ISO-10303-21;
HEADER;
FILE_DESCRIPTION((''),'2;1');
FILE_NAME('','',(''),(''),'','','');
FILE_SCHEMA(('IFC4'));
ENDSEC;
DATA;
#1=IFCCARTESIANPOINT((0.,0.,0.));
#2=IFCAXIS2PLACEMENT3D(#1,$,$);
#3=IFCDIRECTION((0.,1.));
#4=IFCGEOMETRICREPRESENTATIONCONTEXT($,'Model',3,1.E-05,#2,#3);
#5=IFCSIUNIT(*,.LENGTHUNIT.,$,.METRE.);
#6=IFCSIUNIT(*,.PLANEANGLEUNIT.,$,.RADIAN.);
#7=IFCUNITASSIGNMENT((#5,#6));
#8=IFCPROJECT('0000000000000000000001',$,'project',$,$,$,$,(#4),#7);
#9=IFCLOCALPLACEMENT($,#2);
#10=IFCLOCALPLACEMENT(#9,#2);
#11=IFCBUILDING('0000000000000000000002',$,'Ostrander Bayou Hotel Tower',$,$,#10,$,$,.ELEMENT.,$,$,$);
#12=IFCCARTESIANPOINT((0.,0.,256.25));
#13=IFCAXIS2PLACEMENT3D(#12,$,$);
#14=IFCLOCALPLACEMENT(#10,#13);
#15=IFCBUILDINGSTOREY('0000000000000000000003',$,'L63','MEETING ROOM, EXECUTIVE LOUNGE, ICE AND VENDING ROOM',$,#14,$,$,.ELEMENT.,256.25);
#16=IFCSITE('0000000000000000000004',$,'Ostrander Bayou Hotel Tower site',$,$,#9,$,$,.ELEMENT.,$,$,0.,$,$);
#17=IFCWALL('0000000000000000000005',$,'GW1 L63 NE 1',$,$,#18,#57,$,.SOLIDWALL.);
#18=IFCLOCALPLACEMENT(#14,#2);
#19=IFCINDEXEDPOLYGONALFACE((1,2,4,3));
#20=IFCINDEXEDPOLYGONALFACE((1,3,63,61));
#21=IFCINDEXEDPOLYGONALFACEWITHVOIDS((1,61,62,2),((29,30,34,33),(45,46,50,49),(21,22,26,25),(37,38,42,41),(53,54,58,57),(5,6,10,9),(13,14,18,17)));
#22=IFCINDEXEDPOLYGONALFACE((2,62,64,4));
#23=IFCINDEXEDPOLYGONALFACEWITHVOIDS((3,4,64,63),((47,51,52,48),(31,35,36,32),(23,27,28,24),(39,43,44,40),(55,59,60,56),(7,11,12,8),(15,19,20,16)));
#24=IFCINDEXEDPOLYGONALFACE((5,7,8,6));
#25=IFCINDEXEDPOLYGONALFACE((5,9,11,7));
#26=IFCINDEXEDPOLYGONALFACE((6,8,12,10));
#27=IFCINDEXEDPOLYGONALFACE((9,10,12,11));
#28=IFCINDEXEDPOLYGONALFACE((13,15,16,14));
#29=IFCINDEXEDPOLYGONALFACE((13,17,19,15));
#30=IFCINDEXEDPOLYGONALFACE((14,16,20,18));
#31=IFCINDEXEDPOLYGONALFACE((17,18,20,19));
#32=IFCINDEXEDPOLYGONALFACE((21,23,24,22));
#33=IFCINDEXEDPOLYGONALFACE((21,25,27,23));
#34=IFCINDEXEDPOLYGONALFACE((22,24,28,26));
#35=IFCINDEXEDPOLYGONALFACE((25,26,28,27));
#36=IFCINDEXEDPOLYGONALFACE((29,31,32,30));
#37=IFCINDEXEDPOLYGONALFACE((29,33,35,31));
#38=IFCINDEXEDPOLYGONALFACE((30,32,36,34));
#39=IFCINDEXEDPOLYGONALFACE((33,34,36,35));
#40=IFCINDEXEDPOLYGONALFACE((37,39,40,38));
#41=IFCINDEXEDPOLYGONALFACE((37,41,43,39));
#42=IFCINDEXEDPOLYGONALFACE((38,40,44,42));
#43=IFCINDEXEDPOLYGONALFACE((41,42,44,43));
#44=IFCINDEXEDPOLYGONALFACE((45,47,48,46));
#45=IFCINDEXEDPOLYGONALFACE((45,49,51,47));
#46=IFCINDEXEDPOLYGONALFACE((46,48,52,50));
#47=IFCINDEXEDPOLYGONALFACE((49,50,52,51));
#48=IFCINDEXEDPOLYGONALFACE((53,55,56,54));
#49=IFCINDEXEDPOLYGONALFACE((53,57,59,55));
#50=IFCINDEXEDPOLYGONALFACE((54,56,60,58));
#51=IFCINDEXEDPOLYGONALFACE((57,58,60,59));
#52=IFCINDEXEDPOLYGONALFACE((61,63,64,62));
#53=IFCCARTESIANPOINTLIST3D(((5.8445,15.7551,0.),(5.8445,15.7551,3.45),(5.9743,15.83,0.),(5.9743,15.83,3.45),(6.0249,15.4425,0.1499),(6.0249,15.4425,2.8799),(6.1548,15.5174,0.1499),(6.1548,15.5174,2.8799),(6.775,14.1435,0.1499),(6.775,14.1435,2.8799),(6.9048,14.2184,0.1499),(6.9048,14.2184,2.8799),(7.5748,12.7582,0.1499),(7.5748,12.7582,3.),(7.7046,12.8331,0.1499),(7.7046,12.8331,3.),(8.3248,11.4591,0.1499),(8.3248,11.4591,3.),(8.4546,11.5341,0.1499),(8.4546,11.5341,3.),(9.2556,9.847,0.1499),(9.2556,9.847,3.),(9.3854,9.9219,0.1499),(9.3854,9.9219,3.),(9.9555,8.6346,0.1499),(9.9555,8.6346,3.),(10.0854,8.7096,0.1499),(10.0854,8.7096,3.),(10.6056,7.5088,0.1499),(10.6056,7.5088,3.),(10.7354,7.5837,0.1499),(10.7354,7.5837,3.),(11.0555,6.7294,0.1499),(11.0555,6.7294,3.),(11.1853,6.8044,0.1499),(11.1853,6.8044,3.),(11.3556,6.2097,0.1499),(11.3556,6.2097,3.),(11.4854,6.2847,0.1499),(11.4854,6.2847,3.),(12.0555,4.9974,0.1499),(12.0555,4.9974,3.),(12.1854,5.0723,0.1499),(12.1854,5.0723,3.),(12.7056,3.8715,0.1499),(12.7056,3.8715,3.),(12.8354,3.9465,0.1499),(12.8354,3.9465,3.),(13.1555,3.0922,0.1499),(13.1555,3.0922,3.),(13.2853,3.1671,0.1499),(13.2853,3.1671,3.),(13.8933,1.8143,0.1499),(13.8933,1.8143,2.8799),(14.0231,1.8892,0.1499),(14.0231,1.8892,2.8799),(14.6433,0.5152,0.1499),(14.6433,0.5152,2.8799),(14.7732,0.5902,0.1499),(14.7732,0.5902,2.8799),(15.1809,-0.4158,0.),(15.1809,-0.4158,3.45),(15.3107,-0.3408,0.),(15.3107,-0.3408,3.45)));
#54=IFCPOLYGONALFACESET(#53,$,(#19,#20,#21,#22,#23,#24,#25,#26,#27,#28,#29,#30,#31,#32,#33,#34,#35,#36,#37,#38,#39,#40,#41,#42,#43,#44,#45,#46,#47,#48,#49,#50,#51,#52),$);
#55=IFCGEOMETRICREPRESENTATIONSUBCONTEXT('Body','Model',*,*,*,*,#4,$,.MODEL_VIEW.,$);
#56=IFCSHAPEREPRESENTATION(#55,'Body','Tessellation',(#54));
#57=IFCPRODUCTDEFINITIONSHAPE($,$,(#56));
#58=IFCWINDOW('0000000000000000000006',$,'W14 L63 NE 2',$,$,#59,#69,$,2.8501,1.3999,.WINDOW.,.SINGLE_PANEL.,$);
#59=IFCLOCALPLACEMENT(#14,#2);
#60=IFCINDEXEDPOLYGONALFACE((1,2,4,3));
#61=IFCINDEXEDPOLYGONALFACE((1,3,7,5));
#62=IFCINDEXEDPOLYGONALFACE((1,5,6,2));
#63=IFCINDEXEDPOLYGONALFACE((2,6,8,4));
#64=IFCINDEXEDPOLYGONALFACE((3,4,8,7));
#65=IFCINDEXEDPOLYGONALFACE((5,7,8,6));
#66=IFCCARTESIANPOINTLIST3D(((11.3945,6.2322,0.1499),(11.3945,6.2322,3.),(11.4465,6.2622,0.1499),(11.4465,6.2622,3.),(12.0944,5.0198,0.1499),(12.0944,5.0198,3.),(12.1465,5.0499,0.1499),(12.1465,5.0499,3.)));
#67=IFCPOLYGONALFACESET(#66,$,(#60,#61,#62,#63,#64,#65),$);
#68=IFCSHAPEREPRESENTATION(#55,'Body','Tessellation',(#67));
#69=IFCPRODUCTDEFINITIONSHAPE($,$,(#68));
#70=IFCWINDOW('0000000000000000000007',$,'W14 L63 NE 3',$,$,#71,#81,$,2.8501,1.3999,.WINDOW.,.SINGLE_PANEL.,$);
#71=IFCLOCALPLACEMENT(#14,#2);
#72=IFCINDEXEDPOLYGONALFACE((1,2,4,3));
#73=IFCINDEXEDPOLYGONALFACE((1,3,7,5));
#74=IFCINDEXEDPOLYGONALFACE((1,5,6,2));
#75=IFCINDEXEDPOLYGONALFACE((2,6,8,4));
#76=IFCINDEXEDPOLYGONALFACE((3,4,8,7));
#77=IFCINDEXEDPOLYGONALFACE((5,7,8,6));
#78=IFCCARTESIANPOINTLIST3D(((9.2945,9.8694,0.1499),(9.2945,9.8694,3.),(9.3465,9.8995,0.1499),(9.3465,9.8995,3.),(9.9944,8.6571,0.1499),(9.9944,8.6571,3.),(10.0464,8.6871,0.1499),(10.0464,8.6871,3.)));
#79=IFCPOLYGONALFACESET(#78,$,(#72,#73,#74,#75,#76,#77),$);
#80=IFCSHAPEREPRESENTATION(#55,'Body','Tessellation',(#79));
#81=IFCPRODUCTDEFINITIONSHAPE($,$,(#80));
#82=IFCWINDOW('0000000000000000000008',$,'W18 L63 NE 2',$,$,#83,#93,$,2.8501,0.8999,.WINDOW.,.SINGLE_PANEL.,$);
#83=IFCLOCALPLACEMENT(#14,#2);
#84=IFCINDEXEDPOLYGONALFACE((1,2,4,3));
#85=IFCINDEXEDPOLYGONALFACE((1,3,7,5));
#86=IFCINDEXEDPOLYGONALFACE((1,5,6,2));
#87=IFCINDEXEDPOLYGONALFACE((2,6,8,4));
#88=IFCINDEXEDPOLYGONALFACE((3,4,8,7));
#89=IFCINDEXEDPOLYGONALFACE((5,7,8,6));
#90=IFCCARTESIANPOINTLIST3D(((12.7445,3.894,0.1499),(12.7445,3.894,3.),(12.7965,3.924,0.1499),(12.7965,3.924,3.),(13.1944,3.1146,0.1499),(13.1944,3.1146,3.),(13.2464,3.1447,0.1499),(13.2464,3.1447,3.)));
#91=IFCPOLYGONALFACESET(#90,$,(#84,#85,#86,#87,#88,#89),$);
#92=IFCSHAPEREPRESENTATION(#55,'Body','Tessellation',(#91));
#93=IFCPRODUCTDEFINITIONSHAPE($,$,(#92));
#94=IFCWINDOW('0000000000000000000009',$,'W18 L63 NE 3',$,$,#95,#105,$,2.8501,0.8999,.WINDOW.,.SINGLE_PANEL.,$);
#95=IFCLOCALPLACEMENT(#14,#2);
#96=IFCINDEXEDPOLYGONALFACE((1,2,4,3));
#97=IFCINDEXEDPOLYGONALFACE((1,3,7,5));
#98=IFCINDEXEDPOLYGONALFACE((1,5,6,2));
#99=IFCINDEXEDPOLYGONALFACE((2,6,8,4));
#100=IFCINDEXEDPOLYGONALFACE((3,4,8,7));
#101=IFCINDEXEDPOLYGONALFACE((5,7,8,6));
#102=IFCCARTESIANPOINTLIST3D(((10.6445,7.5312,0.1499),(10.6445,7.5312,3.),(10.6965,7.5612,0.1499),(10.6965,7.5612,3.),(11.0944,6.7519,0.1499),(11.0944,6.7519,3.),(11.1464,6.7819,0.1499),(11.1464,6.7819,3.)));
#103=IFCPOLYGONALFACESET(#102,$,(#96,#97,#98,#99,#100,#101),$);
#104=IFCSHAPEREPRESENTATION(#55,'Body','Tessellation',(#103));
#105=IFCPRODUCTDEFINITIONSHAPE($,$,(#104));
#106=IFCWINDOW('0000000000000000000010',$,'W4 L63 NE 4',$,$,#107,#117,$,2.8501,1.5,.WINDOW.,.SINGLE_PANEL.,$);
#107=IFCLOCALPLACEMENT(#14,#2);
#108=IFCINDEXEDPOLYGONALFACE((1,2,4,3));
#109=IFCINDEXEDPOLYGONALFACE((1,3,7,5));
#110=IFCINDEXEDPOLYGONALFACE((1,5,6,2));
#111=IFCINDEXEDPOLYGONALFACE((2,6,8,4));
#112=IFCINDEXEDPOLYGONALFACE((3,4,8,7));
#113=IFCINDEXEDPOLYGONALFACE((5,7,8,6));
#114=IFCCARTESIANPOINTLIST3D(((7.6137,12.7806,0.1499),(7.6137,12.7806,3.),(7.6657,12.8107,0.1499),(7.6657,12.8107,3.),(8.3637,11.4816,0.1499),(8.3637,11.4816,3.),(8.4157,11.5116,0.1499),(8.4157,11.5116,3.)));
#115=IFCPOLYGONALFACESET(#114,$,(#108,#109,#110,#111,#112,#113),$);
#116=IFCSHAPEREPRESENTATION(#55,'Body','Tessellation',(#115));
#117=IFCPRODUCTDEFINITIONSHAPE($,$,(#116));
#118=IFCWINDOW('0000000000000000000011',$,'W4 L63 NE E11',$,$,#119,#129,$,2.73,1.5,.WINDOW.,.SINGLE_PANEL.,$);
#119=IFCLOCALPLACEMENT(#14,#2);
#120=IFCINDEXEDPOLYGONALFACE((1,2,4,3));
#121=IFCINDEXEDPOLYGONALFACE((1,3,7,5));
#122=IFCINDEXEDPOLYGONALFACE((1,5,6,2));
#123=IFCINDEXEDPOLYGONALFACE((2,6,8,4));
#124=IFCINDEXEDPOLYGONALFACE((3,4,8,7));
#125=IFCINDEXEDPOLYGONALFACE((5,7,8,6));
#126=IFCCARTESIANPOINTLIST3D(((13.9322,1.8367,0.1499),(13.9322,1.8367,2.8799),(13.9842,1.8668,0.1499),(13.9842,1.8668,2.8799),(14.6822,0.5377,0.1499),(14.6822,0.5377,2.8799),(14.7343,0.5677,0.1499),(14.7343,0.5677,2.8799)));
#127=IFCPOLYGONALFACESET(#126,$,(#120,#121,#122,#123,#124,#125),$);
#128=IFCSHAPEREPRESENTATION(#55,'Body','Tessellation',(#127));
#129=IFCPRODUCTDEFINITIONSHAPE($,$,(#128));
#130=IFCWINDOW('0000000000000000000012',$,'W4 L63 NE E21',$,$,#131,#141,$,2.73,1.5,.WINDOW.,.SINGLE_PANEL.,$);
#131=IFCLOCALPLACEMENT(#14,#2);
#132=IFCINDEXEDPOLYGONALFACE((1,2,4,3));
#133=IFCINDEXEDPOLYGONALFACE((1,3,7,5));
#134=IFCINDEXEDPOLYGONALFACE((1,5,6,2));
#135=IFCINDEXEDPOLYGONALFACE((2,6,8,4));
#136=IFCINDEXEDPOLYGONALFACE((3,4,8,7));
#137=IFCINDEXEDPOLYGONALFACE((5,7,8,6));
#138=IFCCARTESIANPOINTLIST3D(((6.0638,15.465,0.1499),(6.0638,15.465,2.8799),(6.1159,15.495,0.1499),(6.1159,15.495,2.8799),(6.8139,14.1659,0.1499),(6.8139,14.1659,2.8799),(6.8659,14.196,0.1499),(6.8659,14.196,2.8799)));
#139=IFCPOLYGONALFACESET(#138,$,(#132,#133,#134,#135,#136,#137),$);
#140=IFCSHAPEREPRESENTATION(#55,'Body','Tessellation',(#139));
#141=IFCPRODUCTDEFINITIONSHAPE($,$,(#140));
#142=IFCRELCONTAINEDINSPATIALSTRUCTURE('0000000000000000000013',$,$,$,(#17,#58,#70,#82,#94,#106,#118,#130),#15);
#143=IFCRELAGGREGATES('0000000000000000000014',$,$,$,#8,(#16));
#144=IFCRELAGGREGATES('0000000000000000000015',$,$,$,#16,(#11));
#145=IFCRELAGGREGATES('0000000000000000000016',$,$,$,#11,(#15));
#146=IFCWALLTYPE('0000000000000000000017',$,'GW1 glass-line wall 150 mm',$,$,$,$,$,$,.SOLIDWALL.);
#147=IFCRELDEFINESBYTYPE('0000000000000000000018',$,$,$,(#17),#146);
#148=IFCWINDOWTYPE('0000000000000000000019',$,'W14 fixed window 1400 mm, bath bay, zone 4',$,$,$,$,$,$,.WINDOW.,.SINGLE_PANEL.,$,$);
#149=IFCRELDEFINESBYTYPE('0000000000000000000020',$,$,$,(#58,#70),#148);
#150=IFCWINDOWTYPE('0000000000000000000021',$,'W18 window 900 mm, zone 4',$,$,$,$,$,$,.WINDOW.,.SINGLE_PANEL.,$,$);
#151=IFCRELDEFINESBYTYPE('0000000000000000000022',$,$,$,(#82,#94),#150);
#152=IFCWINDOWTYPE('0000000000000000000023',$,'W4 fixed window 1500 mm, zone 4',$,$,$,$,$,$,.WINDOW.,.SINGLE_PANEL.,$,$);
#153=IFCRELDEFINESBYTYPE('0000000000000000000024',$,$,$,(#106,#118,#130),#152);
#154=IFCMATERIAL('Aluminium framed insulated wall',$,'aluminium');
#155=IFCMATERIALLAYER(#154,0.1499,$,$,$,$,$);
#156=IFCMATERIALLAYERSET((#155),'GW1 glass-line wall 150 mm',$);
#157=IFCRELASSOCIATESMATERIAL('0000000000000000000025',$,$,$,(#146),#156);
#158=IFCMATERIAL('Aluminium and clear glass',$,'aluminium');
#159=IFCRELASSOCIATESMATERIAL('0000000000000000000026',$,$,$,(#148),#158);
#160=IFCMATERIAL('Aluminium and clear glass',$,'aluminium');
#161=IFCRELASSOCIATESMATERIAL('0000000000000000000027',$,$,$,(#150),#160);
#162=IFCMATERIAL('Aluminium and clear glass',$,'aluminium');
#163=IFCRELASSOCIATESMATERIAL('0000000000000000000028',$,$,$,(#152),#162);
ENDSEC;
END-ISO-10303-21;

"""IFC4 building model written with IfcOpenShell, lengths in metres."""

from ifc_helpers import new_model, si_unit, direction, frame, frame_2d, origin, place, context, subcontext, project, spatial, rectangle, extrude, material, layer, layer_set, type_object, element, fill, save


model = new_model("IFC4")

# Units and contexts
model_context = context("Model", 3, precision=1e-05, world=origin(), true_north=direction((0.0, 1.0)))
body_context = subcontext(model_context, "Body", "Model", "MODEL_VIEW")
ifc_project = project(units=[si_unit("LENGTHUNIT", "METRE"), si_unit("PLANEANGLEUNIT", "RADIAN")], contexts=[model_context])

# Site, building, storey
site_placement = place(None, origin())
site = spatial("IfcSite", under=ifc_project, at=site_placement, Name="Ostrander Bayou Hotel Tower site", CompositionType="ELEMENT", RefElevation=0.0)
building_placement = place(site_placement, origin())
building = spatial("IfcBuilding", under=site, at=building_placement, Name="Ostrander Bayou Hotel Tower", CompositionType="ELEMENT")
storey_placement = place(building_placement, frame((0.0, 0.0, 256.25)))
storey = spatial("IfcBuildingStorey", under=building, at=storey_placement, Name="L63", Description="MEETING ROOM, EXECUTIVE LOUNGE, ICE AND VENDING ROOM", CompositionType="ELEMENT", Elevation=256.25)

# Wall, openings, windows
ifc_material_1 = material(Name="Aluminium framed insulated wall", Category="aluminium")
ifc_layer_1 = layer(ifc_material_1, 0.1499)
ifc_layer_set_1 = layer_set([ifc_layer_1], Name="GW1 glass-line wall 150 mm")
wall_type_1 = type_object("IfcWallType", Name="GW1 glass-line wall 150 mm", PredefinedType="SOLIDWALL", material=ifc_layer_set_1)
wall_1_placement = place(storey_placement, frame((15.2458, -0.3784, 0.0), z_axis=(0.0, 0.0, 1.0), x_axis=(-0.500006, 0.866022, 0.0)))
wall_1 = element("IfcWall", 1, at=wall_1_placement, inside=storey, type_object=wall_type_1, Name="GW1 L63 NE 1", PredefinedType="SOLIDWALL", context=body_context, shape_type="SweptSolid", body=[
    extrude(rectangle(XDim=18.6726, YDim=0.1499, at=frame_2d((9.3364, 0.0))), origin(), (0.0, 0.0, 1.0), 3.45),
])
opening_1_placement = place(wall_1_placement, frame((4.0508, 0.0, 0.1499)))
opening_1 = element("IfcOpeningElement", 2, at=opening_1_placement, cuts=wall_1, PredefinedType="OPENING", context=body_context, shape_type="SweptSolid", body=[
    extrude(rectangle(XDim=0.8999, YDim=2.8501, at=frame_2d((0.45, 1.425))), frame((0.0, 0.075, 0.0), z_axis=(0.0, -1.0, 0.0), x_axis=(1.0, 0.0, 0.0)), (0.0, 0.0, 1.0), 0.1499),
])
opening_2_placement = place(wall_1_placement, frame((6.2507, 0.0, 0.1499)))
opening_2 = element("IfcOpeningElement", 3, at=opening_2_placement, cuts=wall_1, PredefinedType="OPENING", context=body_context, shape_type="SweptSolid", body=[
    extrude(rectangle(XDim=1.3999, YDim=2.8501, at=frame_2d((0.7, 1.425))), frame((0.0, 0.075, 0.0), z_axis=(0.0, -1.0, 0.0), x_axis=(1.0, 0.0, 0.0)), (0.0, 0.0, 1.0), 0.1499),
])
opening_3_placement = place(wall_1_placement, frame((8.2507, 0.0, 0.1499)))
opening_3 = element("IfcOpeningElement", 4, at=opening_3_placement, cuts=wall_1, PredefinedType="OPENING", context=body_context, shape_type="SweptSolid", body=[
    extrude(rectangle(XDim=0.8999, YDim=2.8501, at=frame_2d((0.45, 1.425))), frame((0.0, 0.075, 0.0), z_axis=(0.0, -1.0, 0.0), x_axis=(1.0, 0.0, 0.0)), (0.0, 0.0, 1.0), 0.1499),
])
opening_4_placement = place(wall_1_placement, frame((10.4507, 0.0, 0.1499)))
opening_4 = element("IfcOpeningElement", 5, at=opening_4_placement, cuts=wall_1, PredefinedType="OPENING", context=body_context, shape_type="SweptSolid", body=[
    extrude(rectangle(XDim=1.3999, YDim=2.8501, at=frame_2d((0.7, 1.425))), frame((0.0, 0.075, 0.0), z_axis=(0.0, -1.0, 0.0), x_axis=(1.0, 0.0, 0.0)), (0.0, 0.0, 1.0), 0.1499),
])
opening_5_placement = place(wall_1_placement, frame((13.7122, 0.0, 0.1499)))
opening_5 = element("IfcOpeningElement", 6, at=opening_5_placement, cuts=wall_1, PredefinedType="OPENING", context=body_context, shape_type="SweptSolid", body=[
    extrude(rectangle(XDim=1.5, YDim=2.8501, at=frame_2d((0.75, 1.425))), frame((0.0, 0.075, 0.0), z_axis=(0.0, -1.0, 0.0), x_axis=(1.0, 0.0, 0.0)), (0.0, 0.0, 1.0), 0.1499),
])
opening_6_placement = place(wall_1_placement, frame((1.0752, 0.0, 0.1499)))
opening_6 = element("IfcOpeningElement", 7, at=opening_6_placement, cuts=wall_1, PredefinedType="OPENING", context=body_context, shape_type="SweptSolid", body=[
    extrude(rectangle(XDim=1.5, YDim=2.73, at=frame_2d((0.75, 1.365))), frame((0.0, 0.075, 0.0), z_axis=(0.0, -1.0, 0.0), x_axis=(1.0, 0.0, 0.0)), (0.0, 0.0, 1.0), 0.1499),
])
opening_7_placement = place(wall_1_placement, frame((16.8118, 0.0, 0.1499)))
opening_7 = element("IfcOpeningElement", 8, at=opening_7_placement, cuts=wall_1, PredefinedType="OPENING", context=body_context, shape_type="SweptSolid", body=[
    extrude(rectangle(XDim=1.5, YDim=2.73, at=frame_2d((0.75, 1.365))), frame((0.0, 0.075, 0.0), z_axis=(0.0, -1.0, 0.0), x_axis=(1.0, 0.0, 0.0)), (0.0, 0.0, 1.0), 0.1499),
])
ifc_material_2 = material(Name="Aluminium and clear glass", Category="aluminium")
window_type_1 = type_object("IfcWindowType", Name="W14 fixed window 1400 mm, bath bay, zone 4", PartitioningType="SINGLE_PANEL", PredefinedType="WINDOW", material=ifc_material_2)
window_1_placement = place(opening_2_placement, origin())
window_1 = element("IfcWindow", 9, at=window_1_placement, inside=storey, type_object=window_type_1, Name="W14 L63 NE 2", OverallHeight=2.8501, OverallWidth=1.3999, PartitioningType="SINGLE_PANEL", PredefinedType="WINDOW", context=body_context, shape_type="SweptSolid", body=[
    extrude(rectangle(XDim=1.3999, YDim=2.8501, at=frame_2d((0.7, 1.425))), frame((0.0, 0.03, 0.0), z_axis=(0.0, -1.0, 0.0), x_axis=(1.0, 0.0, 0.0)), (0.0, 0.0, 1.0), 0.0601),
])
fill(opening_2, window_1)
window_2_placement = place(opening_4_placement, origin())
window_2 = element("IfcWindow", 10, at=window_2_placement, inside=storey, type_object=window_type_1, Name="W14 L63 NE 3", OverallHeight=2.8501, OverallWidth=1.3999, PartitioningType="SINGLE_PANEL", PredefinedType="WINDOW", context=body_context, shape_type="SweptSolid", body=[
    extrude(rectangle(XDim=1.3999, YDim=2.8501, at=frame_2d((0.7, 1.425))), frame((0.0, 0.03, 0.0), z_axis=(0.0, -1.0, 0.0), x_axis=(1.0, 0.0, 0.0)), (0.0, 0.0, 1.0), 0.0601),
])
fill(opening_4, window_2)
ifc_material_3 = material(Name="Aluminium and clear glass", Category="aluminium")
window_type_2 = type_object("IfcWindowType", Name="W18 window 900 mm, zone 4", PartitioningType="SINGLE_PANEL", PredefinedType="WINDOW", material=ifc_material_3)
window_3_placement = place(opening_1_placement, origin())
window_3 = element("IfcWindow", 11, at=window_3_placement, inside=storey, type_object=window_type_2, Name="W18 L63 NE 2", OverallHeight=2.8501, OverallWidth=0.8999, PartitioningType="SINGLE_PANEL", PredefinedType="WINDOW", context=body_context, shape_type="SweptSolid", body=[
    extrude(rectangle(XDim=0.8999, YDim=2.8501, at=frame_2d((0.45, 1.425))), frame((0.0, 0.03, 0.0), z_axis=(0.0, -1.0, 0.0), x_axis=(1.0, 0.0, 0.0)), (0.0, 0.0, 1.0), 0.0601),
])
fill(opening_1, window_3)
window_4_placement = place(opening_3_placement, origin())
window_4 = element("IfcWindow", 12, at=window_4_placement, inside=storey, type_object=window_type_2, Name="W18 L63 NE 3", OverallHeight=2.8501, OverallWidth=0.8999, PartitioningType="SINGLE_PANEL", PredefinedType="WINDOW", context=body_context, shape_type="SweptSolid", body=[
    extrude(rectangle(XDim=0.8999, YDim=2.8501, at=frame_2d((0.45, 1.425))), frame((0.0, 0.03, 0.0), z_axis=(0.0, -1.0, 0.0), x_axis=(1.0, 0.0, 0.0)), (0.0, 0.0, 1.0), 0.0601),
])
fill(opening_3, window_4)
ifc_material_4 = material(Name="Aluminium and clear glass", Category="aluminium")
window_type_3 = type_object("IfcWindowType", Name="W4 fixed window 1500 mm, zone 4", PartitioningType="SINGLE_PANEL", PredefinedType="WINDOW", material=ifc_material_4)
window_5_placement = place(opening_5_placement, origin())
window_5 = element("IfcWindow", 13, at=window_5_placement, inside=storey, type_object=window_type_3, Name="W4 L63 NE 4", OverallHeight=2.8501, OverallWidth=1.5, PartitioningType="SINGLE_PANEL", PredefinedType="WINDOW", context=body_context, shape_type="SweptSolid", body=[
    extrude(rectangle(XDim=1.5, YDim=2.8501, at=frame_2d((0.75, 1.425))), frame((0.0, 0.03, 0.0), z_axis=(0.0, -1.0, 0.0), x_axis=(1.0, 0.0, 0.0)), (0.0, 0.0, 1.0), 0.0601),
])
fill(opening_5, window_5)
window_6_placement = place(opening_6_placement, origin())
window_6 = element("IfcWindow", 14, at=window_6_placement, inside=storey, type_object=window_type_3, Name="W4 L63 NE E11", OverallHeight=2.73, OverallWidth=1.5, PartitioningType="SINGLE_PANEL", PredefinedType="WINDOW", context=body_context, shape_type="SweptSolid", body=[
    extrude(rectangle(XDim=1.5, YDim=2.73, at=frame_2d((0.75, 1.365))), frame((0.0, 0.03, 0.0), z_axis=(0.0, -1.0, 0.0), x_axis=(1.0, 0.0, 0.0)), (0.0, 0.0, 1.0), 0.0601),
])
fill(opening_6, window_6)
window_7_placement = place(opening_7_placement, origin())
window_7 = element("IfcWindow", 15, at=window_7_placement, inside=storey, type_object=window_type_3, Name="W4 L63 NE E21", OverallHeight=2.73, OverallWidth=1.5, PartitioningType="SINGLE_PANEL", PredefinedType="WINDOW", context=body_context, shape_type="SweptSolid", body=[
    extrude(rectangle(XDim=1.5, YDim=2.73, at=frame_2d((0.75, 1.365))), frame((0.0, 0.03, 0.0), z_axis=(0.0, -1.0, 0.0), x_axis=(1.0, 0.0, 0.0)), (0.0, 0.0, 1.0), 0.0601),
])
fill(opening_7, window_7)

save(model, "model.ifc")
